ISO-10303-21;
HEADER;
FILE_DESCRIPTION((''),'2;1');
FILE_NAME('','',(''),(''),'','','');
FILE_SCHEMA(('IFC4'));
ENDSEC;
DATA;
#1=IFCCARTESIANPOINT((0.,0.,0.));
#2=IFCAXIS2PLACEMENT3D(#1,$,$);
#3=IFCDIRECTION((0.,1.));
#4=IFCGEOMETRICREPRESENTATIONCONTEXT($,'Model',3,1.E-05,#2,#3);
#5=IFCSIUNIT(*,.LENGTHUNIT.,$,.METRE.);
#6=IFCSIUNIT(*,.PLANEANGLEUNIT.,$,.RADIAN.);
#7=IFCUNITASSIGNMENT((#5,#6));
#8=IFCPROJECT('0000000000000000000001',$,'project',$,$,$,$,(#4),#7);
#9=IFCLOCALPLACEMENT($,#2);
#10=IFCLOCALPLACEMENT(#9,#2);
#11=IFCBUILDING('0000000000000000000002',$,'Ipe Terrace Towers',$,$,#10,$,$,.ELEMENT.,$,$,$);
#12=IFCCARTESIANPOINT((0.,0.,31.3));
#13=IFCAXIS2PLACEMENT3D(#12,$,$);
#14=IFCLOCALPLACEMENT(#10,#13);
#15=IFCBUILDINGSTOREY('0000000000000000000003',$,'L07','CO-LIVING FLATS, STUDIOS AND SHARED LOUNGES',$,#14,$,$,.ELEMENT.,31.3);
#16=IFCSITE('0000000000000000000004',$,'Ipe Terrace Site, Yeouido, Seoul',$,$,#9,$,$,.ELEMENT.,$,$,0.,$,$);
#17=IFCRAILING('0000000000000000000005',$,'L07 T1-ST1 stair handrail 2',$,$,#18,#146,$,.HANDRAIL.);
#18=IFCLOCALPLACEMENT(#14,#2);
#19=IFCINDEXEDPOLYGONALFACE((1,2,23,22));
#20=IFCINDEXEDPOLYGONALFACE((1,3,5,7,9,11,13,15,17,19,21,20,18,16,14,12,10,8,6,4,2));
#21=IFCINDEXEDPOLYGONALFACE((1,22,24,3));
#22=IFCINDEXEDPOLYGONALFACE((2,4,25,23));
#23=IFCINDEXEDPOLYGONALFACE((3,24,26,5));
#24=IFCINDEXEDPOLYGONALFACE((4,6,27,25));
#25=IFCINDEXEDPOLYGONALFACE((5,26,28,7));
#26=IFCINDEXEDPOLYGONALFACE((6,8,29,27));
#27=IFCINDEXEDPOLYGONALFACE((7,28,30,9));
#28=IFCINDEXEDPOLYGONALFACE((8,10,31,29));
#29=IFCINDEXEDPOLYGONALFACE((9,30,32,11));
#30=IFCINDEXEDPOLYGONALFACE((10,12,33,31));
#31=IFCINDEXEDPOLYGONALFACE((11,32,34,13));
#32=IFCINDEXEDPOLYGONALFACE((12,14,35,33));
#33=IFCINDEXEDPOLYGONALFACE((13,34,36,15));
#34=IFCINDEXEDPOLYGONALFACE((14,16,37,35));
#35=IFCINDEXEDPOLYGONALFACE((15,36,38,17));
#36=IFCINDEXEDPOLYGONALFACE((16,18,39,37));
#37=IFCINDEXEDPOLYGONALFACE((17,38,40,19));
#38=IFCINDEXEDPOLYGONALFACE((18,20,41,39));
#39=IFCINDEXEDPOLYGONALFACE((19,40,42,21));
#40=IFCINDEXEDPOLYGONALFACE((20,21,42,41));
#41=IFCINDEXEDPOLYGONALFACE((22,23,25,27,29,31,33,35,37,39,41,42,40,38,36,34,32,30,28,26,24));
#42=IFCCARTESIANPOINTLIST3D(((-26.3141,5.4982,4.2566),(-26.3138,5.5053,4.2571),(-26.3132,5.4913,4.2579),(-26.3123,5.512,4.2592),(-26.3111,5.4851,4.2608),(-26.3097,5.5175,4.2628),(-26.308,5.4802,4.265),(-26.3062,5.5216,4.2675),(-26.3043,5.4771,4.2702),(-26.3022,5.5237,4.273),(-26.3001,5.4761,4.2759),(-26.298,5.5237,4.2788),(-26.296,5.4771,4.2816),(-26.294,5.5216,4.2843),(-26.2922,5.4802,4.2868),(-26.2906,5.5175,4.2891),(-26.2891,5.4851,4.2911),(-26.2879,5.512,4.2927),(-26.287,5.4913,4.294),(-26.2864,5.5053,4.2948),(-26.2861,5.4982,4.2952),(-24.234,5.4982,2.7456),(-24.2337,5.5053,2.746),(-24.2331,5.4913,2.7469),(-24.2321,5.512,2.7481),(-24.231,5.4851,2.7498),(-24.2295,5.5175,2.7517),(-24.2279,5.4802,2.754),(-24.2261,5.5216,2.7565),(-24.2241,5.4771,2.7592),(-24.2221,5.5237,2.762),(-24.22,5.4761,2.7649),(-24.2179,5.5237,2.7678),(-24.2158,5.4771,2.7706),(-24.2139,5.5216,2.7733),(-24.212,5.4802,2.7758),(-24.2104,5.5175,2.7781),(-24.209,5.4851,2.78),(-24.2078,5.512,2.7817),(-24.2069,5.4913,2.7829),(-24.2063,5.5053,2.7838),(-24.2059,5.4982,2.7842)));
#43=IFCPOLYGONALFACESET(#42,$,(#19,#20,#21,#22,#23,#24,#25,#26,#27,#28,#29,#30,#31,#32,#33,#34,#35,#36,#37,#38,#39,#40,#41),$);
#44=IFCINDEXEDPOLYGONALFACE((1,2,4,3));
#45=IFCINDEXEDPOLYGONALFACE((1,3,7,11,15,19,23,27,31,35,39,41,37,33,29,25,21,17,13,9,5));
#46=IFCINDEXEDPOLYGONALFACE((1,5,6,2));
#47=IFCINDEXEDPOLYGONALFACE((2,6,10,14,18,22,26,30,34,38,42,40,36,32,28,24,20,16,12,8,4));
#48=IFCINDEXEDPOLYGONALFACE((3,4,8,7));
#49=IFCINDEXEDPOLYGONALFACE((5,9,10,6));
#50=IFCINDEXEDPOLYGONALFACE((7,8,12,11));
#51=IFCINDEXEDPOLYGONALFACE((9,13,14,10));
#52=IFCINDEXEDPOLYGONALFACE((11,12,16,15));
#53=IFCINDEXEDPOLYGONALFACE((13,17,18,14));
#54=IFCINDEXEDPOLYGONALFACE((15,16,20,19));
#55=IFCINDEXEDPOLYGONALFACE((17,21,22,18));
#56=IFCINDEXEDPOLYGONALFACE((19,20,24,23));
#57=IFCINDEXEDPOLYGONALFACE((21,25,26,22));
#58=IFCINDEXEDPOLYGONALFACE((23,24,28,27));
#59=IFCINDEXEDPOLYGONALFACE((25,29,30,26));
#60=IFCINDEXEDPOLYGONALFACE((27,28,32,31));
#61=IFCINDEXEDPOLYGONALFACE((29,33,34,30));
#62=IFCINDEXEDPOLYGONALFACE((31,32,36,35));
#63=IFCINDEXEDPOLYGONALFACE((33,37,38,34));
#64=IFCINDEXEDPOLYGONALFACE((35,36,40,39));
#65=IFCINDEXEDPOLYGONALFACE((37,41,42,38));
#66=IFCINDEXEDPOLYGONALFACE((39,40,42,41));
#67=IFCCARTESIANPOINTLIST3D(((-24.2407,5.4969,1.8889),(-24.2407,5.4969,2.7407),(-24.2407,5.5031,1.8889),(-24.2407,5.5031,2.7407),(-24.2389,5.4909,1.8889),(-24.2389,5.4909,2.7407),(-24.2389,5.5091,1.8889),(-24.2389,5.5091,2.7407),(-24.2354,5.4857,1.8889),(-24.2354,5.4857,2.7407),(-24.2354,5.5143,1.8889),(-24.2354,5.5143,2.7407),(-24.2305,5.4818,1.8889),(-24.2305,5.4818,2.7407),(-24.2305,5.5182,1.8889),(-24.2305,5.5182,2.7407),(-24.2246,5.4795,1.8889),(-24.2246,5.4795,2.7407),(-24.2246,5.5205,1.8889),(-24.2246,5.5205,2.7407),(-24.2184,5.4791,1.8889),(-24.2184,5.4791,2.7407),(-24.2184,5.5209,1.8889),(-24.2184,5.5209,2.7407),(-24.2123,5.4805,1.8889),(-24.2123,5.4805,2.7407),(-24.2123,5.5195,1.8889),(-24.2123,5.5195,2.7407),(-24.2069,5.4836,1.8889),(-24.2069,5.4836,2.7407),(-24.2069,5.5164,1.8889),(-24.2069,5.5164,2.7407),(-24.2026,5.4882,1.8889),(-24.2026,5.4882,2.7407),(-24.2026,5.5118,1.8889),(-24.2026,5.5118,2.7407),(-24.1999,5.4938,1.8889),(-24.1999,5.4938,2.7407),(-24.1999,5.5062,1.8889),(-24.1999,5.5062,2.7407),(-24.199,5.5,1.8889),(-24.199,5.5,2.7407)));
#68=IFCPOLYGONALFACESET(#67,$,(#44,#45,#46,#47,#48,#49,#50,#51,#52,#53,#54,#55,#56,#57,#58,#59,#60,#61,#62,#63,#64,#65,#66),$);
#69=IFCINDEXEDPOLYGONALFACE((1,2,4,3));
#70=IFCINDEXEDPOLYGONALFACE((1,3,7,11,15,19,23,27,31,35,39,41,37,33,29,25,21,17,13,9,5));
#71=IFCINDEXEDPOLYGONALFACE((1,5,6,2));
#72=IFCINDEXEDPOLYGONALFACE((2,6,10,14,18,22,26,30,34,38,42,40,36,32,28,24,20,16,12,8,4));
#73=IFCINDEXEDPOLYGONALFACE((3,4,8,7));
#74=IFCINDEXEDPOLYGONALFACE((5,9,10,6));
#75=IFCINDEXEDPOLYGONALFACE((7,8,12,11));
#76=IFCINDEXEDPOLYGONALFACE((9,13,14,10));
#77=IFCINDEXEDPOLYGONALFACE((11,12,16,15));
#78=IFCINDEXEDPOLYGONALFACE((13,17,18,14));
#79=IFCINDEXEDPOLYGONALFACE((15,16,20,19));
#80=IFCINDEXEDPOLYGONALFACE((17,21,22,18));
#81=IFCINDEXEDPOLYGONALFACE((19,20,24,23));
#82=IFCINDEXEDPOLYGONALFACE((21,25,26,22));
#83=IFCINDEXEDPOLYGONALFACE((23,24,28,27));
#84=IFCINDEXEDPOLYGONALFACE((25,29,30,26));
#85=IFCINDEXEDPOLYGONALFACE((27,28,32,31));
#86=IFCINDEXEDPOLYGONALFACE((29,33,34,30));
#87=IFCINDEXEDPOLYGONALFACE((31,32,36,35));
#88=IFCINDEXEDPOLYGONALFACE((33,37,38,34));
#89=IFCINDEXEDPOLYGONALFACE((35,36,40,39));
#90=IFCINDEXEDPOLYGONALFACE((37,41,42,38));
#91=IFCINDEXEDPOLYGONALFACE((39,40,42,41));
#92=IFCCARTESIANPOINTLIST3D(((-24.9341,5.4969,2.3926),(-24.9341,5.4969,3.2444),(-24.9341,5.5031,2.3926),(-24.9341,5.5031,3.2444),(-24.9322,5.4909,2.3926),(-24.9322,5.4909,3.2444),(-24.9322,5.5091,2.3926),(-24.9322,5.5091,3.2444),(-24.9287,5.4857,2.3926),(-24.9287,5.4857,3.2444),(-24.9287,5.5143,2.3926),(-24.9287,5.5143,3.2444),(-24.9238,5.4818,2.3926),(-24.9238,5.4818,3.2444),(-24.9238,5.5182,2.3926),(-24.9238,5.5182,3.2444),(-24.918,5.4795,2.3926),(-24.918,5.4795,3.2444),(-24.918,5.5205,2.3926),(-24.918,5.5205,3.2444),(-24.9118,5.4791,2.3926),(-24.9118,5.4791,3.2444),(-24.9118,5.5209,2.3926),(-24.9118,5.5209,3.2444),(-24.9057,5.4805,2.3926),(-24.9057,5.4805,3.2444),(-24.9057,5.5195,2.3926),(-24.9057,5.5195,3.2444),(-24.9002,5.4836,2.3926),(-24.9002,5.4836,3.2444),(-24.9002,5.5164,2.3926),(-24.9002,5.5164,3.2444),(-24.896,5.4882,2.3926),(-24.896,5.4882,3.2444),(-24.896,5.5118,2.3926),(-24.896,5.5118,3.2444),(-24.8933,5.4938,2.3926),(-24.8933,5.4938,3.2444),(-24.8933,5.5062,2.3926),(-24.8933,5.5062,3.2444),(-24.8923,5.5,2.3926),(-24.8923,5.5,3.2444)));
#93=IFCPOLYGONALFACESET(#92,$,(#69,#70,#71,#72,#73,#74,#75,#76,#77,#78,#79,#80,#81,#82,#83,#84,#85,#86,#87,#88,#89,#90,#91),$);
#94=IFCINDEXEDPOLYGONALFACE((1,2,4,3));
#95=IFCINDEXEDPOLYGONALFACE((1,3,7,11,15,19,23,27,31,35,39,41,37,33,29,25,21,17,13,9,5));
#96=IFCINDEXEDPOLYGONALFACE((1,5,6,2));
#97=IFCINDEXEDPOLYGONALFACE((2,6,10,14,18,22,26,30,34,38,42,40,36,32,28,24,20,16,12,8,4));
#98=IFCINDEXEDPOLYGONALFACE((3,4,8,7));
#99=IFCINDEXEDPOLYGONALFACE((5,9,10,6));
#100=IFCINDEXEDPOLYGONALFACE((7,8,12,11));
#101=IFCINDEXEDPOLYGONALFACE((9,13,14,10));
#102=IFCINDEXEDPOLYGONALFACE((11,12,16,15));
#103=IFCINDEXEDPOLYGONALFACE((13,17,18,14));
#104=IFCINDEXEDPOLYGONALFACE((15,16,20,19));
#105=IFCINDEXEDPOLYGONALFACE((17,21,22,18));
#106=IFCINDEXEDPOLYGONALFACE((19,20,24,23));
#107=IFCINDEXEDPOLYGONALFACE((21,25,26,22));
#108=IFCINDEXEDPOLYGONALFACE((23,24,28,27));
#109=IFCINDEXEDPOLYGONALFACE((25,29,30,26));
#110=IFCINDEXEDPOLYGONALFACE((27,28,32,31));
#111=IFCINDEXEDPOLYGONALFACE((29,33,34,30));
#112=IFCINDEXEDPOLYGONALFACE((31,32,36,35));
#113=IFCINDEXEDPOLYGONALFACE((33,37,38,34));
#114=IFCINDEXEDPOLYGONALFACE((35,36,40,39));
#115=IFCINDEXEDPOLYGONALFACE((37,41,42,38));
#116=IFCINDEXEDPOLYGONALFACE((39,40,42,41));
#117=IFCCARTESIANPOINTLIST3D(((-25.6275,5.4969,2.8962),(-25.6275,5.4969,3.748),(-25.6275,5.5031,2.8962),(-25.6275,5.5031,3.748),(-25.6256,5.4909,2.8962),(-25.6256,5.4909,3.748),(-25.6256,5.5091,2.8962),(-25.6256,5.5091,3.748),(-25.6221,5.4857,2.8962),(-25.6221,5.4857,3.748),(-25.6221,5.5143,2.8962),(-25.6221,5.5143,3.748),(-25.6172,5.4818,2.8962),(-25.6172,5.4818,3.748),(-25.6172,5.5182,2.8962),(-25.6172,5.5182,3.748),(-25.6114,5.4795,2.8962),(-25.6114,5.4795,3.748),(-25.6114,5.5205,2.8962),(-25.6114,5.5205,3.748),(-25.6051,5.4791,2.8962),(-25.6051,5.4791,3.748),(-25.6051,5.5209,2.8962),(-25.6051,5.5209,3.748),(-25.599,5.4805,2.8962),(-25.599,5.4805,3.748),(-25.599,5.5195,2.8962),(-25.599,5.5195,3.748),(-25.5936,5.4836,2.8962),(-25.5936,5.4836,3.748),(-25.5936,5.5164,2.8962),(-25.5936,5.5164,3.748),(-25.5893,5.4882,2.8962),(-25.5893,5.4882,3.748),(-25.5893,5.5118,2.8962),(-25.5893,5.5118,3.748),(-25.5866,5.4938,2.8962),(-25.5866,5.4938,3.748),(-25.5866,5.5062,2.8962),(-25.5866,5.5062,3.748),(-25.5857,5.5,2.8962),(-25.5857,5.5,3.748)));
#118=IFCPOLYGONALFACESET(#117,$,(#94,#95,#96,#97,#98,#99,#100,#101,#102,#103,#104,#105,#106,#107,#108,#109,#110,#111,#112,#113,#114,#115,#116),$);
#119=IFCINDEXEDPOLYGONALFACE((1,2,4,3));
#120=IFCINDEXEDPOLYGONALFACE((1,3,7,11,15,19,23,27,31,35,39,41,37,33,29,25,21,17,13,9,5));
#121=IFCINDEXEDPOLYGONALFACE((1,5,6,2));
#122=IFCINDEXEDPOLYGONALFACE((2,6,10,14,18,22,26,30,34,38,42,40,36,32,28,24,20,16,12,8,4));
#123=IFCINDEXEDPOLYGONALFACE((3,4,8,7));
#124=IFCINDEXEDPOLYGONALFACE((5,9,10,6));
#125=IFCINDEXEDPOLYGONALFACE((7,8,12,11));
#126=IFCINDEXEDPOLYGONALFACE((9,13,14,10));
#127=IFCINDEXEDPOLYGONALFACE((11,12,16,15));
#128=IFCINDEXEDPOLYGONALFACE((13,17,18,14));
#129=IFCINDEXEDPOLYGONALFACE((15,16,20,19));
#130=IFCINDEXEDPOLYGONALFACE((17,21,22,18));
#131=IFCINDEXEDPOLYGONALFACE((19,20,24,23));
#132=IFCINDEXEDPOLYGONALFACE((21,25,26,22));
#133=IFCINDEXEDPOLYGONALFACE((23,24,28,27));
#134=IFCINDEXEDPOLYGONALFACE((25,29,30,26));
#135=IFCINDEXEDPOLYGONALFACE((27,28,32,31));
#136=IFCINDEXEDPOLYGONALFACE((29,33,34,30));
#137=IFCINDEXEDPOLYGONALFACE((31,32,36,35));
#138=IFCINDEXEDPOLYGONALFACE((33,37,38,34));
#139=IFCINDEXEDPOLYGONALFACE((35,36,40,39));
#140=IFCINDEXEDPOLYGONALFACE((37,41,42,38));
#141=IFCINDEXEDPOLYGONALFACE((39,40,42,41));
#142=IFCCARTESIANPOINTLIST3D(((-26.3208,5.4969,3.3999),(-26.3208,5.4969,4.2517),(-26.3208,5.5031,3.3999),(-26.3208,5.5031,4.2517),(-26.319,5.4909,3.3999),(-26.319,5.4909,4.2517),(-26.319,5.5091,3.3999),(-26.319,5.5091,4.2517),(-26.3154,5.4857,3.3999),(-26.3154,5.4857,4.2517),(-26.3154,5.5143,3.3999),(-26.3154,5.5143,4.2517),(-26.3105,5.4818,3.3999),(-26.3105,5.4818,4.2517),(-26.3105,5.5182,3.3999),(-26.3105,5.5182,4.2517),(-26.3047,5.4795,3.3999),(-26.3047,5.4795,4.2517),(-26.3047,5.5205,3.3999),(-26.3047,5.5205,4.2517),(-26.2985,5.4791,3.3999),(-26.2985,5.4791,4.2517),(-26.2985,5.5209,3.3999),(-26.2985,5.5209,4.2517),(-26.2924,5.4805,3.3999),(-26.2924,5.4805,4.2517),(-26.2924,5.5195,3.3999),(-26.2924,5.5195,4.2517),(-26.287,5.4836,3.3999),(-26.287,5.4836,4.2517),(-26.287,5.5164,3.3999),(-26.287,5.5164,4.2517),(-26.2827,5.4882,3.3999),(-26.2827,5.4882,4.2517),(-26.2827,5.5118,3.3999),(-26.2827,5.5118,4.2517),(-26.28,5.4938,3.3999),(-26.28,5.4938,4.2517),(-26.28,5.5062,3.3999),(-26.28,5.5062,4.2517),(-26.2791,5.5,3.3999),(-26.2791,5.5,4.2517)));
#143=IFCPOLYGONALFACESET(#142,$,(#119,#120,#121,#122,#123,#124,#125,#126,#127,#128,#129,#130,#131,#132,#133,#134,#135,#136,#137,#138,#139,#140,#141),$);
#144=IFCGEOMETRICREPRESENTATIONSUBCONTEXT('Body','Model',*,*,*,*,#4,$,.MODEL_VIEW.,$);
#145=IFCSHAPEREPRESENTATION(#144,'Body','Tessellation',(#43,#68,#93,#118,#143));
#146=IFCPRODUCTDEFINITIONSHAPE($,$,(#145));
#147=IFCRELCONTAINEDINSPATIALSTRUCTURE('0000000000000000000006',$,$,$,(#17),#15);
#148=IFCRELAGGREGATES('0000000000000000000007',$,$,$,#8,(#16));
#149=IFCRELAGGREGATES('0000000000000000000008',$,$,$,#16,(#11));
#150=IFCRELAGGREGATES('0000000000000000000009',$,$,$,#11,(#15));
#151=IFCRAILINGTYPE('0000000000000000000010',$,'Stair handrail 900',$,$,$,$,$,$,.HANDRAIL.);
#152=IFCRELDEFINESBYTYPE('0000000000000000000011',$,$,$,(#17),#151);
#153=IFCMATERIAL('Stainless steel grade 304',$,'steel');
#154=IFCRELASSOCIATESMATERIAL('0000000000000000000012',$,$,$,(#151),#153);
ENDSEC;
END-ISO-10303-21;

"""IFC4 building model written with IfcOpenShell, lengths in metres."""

from ifc_helpers import new_model, si_unit, direction, frame, origin, origin_2d, place, context, subcontext, project, spatial, circle, extrude, material, type_object, element, save


model = new_model("IFC4")

# Units and contexts
model_context = context("Model", 3, precision=1e-05, world=origin(), true_north=direction((0.0, 1.0)))
body_context = subcontext(model_context, "Body", "Model", "MODEL_VIEW")
ifc_project = project(units=[si_unit("LENGTHUNIT", "METRE"), si_unit("PLANEANGLEUNIT", "RADIAN")], contexts=[model_context])

# Site, building, storey
site_placement = place(None, origin())
site = spatial("IfcSite", under=ifc_project, at=site_placement, Name="Ipe Terrace Site, Yeouido, Seoul", CompositionType="ELEMENT", RefElevation=0.0)
building_placement = place(site_placement, origin())
building = spatial("IfcBuilding", under=site, at=building_placement, Name="Ipe Terrace Towers", CompositionType="ELEMENT")
storey_placement = place(building_placement, frame((0.0, 0.0, 31.3)))
storey = spatial("IfcBuildingStorey", under=building, at=storey_placement, Name="L07", Description="CO-LIVING FLATS, STUDIOS AND SHARED LOUNGES", CompositionType="ELEMENT", Elevation=31.3)

# Railing
ifc_material_1 = material(Name="Stainless steel grade 304", Category="steel")
railing_type_1 = type_object("IfcRailingType", Name="Stair handrail 900", PredefinedType="HANDRAIL", material=ifc_material_1)
railing_1_placement = place(storey_placement, frame((-24.22, 5.5, 1.8889)))
element("IfcRailing", 1, at=railing_1_placement, inside=storey, type_object=railing_type_1, Name="L07 T1-ST1 stair handrail 2", PredefinedType="HANDRAIL", context=body_context, shape_type="SweptSolid", body=[
    extrude(circle(Radius=0.0239, at=origin_2d()), frame((0.0, 0.0, 0.876), z_axis=(-0.809069, 0.0, 0.587714), x_axis=(0.0, -1.0, 0.0)), (0.0, 0.0, 1.0), 2.571),
    extrude(circle(Radius=0.021, at=origin_2d()), origin(), (0.0, 0.0, 1.0), 0.8518),
    extrude(circle(Radius=0.021, at=origin_2d()), frame((-0.6934, 0.0, 0.5037)), (0.0, 0.0, 1.0), 0.8518),
    extrude(circle(Radius=0.021, at=origin_2d()), frame((-1.3867, 0.0, 1.0073)), (0.0, 0.0, 1.0), 0.8518),
    extrude(circle(Radius=0.021, at=origin_2d()), frame((-2.0801, 0.0, 1.511)), (0.0, 0.0, 1.0), 0.8518),
])

save(model, "model.ifc")
